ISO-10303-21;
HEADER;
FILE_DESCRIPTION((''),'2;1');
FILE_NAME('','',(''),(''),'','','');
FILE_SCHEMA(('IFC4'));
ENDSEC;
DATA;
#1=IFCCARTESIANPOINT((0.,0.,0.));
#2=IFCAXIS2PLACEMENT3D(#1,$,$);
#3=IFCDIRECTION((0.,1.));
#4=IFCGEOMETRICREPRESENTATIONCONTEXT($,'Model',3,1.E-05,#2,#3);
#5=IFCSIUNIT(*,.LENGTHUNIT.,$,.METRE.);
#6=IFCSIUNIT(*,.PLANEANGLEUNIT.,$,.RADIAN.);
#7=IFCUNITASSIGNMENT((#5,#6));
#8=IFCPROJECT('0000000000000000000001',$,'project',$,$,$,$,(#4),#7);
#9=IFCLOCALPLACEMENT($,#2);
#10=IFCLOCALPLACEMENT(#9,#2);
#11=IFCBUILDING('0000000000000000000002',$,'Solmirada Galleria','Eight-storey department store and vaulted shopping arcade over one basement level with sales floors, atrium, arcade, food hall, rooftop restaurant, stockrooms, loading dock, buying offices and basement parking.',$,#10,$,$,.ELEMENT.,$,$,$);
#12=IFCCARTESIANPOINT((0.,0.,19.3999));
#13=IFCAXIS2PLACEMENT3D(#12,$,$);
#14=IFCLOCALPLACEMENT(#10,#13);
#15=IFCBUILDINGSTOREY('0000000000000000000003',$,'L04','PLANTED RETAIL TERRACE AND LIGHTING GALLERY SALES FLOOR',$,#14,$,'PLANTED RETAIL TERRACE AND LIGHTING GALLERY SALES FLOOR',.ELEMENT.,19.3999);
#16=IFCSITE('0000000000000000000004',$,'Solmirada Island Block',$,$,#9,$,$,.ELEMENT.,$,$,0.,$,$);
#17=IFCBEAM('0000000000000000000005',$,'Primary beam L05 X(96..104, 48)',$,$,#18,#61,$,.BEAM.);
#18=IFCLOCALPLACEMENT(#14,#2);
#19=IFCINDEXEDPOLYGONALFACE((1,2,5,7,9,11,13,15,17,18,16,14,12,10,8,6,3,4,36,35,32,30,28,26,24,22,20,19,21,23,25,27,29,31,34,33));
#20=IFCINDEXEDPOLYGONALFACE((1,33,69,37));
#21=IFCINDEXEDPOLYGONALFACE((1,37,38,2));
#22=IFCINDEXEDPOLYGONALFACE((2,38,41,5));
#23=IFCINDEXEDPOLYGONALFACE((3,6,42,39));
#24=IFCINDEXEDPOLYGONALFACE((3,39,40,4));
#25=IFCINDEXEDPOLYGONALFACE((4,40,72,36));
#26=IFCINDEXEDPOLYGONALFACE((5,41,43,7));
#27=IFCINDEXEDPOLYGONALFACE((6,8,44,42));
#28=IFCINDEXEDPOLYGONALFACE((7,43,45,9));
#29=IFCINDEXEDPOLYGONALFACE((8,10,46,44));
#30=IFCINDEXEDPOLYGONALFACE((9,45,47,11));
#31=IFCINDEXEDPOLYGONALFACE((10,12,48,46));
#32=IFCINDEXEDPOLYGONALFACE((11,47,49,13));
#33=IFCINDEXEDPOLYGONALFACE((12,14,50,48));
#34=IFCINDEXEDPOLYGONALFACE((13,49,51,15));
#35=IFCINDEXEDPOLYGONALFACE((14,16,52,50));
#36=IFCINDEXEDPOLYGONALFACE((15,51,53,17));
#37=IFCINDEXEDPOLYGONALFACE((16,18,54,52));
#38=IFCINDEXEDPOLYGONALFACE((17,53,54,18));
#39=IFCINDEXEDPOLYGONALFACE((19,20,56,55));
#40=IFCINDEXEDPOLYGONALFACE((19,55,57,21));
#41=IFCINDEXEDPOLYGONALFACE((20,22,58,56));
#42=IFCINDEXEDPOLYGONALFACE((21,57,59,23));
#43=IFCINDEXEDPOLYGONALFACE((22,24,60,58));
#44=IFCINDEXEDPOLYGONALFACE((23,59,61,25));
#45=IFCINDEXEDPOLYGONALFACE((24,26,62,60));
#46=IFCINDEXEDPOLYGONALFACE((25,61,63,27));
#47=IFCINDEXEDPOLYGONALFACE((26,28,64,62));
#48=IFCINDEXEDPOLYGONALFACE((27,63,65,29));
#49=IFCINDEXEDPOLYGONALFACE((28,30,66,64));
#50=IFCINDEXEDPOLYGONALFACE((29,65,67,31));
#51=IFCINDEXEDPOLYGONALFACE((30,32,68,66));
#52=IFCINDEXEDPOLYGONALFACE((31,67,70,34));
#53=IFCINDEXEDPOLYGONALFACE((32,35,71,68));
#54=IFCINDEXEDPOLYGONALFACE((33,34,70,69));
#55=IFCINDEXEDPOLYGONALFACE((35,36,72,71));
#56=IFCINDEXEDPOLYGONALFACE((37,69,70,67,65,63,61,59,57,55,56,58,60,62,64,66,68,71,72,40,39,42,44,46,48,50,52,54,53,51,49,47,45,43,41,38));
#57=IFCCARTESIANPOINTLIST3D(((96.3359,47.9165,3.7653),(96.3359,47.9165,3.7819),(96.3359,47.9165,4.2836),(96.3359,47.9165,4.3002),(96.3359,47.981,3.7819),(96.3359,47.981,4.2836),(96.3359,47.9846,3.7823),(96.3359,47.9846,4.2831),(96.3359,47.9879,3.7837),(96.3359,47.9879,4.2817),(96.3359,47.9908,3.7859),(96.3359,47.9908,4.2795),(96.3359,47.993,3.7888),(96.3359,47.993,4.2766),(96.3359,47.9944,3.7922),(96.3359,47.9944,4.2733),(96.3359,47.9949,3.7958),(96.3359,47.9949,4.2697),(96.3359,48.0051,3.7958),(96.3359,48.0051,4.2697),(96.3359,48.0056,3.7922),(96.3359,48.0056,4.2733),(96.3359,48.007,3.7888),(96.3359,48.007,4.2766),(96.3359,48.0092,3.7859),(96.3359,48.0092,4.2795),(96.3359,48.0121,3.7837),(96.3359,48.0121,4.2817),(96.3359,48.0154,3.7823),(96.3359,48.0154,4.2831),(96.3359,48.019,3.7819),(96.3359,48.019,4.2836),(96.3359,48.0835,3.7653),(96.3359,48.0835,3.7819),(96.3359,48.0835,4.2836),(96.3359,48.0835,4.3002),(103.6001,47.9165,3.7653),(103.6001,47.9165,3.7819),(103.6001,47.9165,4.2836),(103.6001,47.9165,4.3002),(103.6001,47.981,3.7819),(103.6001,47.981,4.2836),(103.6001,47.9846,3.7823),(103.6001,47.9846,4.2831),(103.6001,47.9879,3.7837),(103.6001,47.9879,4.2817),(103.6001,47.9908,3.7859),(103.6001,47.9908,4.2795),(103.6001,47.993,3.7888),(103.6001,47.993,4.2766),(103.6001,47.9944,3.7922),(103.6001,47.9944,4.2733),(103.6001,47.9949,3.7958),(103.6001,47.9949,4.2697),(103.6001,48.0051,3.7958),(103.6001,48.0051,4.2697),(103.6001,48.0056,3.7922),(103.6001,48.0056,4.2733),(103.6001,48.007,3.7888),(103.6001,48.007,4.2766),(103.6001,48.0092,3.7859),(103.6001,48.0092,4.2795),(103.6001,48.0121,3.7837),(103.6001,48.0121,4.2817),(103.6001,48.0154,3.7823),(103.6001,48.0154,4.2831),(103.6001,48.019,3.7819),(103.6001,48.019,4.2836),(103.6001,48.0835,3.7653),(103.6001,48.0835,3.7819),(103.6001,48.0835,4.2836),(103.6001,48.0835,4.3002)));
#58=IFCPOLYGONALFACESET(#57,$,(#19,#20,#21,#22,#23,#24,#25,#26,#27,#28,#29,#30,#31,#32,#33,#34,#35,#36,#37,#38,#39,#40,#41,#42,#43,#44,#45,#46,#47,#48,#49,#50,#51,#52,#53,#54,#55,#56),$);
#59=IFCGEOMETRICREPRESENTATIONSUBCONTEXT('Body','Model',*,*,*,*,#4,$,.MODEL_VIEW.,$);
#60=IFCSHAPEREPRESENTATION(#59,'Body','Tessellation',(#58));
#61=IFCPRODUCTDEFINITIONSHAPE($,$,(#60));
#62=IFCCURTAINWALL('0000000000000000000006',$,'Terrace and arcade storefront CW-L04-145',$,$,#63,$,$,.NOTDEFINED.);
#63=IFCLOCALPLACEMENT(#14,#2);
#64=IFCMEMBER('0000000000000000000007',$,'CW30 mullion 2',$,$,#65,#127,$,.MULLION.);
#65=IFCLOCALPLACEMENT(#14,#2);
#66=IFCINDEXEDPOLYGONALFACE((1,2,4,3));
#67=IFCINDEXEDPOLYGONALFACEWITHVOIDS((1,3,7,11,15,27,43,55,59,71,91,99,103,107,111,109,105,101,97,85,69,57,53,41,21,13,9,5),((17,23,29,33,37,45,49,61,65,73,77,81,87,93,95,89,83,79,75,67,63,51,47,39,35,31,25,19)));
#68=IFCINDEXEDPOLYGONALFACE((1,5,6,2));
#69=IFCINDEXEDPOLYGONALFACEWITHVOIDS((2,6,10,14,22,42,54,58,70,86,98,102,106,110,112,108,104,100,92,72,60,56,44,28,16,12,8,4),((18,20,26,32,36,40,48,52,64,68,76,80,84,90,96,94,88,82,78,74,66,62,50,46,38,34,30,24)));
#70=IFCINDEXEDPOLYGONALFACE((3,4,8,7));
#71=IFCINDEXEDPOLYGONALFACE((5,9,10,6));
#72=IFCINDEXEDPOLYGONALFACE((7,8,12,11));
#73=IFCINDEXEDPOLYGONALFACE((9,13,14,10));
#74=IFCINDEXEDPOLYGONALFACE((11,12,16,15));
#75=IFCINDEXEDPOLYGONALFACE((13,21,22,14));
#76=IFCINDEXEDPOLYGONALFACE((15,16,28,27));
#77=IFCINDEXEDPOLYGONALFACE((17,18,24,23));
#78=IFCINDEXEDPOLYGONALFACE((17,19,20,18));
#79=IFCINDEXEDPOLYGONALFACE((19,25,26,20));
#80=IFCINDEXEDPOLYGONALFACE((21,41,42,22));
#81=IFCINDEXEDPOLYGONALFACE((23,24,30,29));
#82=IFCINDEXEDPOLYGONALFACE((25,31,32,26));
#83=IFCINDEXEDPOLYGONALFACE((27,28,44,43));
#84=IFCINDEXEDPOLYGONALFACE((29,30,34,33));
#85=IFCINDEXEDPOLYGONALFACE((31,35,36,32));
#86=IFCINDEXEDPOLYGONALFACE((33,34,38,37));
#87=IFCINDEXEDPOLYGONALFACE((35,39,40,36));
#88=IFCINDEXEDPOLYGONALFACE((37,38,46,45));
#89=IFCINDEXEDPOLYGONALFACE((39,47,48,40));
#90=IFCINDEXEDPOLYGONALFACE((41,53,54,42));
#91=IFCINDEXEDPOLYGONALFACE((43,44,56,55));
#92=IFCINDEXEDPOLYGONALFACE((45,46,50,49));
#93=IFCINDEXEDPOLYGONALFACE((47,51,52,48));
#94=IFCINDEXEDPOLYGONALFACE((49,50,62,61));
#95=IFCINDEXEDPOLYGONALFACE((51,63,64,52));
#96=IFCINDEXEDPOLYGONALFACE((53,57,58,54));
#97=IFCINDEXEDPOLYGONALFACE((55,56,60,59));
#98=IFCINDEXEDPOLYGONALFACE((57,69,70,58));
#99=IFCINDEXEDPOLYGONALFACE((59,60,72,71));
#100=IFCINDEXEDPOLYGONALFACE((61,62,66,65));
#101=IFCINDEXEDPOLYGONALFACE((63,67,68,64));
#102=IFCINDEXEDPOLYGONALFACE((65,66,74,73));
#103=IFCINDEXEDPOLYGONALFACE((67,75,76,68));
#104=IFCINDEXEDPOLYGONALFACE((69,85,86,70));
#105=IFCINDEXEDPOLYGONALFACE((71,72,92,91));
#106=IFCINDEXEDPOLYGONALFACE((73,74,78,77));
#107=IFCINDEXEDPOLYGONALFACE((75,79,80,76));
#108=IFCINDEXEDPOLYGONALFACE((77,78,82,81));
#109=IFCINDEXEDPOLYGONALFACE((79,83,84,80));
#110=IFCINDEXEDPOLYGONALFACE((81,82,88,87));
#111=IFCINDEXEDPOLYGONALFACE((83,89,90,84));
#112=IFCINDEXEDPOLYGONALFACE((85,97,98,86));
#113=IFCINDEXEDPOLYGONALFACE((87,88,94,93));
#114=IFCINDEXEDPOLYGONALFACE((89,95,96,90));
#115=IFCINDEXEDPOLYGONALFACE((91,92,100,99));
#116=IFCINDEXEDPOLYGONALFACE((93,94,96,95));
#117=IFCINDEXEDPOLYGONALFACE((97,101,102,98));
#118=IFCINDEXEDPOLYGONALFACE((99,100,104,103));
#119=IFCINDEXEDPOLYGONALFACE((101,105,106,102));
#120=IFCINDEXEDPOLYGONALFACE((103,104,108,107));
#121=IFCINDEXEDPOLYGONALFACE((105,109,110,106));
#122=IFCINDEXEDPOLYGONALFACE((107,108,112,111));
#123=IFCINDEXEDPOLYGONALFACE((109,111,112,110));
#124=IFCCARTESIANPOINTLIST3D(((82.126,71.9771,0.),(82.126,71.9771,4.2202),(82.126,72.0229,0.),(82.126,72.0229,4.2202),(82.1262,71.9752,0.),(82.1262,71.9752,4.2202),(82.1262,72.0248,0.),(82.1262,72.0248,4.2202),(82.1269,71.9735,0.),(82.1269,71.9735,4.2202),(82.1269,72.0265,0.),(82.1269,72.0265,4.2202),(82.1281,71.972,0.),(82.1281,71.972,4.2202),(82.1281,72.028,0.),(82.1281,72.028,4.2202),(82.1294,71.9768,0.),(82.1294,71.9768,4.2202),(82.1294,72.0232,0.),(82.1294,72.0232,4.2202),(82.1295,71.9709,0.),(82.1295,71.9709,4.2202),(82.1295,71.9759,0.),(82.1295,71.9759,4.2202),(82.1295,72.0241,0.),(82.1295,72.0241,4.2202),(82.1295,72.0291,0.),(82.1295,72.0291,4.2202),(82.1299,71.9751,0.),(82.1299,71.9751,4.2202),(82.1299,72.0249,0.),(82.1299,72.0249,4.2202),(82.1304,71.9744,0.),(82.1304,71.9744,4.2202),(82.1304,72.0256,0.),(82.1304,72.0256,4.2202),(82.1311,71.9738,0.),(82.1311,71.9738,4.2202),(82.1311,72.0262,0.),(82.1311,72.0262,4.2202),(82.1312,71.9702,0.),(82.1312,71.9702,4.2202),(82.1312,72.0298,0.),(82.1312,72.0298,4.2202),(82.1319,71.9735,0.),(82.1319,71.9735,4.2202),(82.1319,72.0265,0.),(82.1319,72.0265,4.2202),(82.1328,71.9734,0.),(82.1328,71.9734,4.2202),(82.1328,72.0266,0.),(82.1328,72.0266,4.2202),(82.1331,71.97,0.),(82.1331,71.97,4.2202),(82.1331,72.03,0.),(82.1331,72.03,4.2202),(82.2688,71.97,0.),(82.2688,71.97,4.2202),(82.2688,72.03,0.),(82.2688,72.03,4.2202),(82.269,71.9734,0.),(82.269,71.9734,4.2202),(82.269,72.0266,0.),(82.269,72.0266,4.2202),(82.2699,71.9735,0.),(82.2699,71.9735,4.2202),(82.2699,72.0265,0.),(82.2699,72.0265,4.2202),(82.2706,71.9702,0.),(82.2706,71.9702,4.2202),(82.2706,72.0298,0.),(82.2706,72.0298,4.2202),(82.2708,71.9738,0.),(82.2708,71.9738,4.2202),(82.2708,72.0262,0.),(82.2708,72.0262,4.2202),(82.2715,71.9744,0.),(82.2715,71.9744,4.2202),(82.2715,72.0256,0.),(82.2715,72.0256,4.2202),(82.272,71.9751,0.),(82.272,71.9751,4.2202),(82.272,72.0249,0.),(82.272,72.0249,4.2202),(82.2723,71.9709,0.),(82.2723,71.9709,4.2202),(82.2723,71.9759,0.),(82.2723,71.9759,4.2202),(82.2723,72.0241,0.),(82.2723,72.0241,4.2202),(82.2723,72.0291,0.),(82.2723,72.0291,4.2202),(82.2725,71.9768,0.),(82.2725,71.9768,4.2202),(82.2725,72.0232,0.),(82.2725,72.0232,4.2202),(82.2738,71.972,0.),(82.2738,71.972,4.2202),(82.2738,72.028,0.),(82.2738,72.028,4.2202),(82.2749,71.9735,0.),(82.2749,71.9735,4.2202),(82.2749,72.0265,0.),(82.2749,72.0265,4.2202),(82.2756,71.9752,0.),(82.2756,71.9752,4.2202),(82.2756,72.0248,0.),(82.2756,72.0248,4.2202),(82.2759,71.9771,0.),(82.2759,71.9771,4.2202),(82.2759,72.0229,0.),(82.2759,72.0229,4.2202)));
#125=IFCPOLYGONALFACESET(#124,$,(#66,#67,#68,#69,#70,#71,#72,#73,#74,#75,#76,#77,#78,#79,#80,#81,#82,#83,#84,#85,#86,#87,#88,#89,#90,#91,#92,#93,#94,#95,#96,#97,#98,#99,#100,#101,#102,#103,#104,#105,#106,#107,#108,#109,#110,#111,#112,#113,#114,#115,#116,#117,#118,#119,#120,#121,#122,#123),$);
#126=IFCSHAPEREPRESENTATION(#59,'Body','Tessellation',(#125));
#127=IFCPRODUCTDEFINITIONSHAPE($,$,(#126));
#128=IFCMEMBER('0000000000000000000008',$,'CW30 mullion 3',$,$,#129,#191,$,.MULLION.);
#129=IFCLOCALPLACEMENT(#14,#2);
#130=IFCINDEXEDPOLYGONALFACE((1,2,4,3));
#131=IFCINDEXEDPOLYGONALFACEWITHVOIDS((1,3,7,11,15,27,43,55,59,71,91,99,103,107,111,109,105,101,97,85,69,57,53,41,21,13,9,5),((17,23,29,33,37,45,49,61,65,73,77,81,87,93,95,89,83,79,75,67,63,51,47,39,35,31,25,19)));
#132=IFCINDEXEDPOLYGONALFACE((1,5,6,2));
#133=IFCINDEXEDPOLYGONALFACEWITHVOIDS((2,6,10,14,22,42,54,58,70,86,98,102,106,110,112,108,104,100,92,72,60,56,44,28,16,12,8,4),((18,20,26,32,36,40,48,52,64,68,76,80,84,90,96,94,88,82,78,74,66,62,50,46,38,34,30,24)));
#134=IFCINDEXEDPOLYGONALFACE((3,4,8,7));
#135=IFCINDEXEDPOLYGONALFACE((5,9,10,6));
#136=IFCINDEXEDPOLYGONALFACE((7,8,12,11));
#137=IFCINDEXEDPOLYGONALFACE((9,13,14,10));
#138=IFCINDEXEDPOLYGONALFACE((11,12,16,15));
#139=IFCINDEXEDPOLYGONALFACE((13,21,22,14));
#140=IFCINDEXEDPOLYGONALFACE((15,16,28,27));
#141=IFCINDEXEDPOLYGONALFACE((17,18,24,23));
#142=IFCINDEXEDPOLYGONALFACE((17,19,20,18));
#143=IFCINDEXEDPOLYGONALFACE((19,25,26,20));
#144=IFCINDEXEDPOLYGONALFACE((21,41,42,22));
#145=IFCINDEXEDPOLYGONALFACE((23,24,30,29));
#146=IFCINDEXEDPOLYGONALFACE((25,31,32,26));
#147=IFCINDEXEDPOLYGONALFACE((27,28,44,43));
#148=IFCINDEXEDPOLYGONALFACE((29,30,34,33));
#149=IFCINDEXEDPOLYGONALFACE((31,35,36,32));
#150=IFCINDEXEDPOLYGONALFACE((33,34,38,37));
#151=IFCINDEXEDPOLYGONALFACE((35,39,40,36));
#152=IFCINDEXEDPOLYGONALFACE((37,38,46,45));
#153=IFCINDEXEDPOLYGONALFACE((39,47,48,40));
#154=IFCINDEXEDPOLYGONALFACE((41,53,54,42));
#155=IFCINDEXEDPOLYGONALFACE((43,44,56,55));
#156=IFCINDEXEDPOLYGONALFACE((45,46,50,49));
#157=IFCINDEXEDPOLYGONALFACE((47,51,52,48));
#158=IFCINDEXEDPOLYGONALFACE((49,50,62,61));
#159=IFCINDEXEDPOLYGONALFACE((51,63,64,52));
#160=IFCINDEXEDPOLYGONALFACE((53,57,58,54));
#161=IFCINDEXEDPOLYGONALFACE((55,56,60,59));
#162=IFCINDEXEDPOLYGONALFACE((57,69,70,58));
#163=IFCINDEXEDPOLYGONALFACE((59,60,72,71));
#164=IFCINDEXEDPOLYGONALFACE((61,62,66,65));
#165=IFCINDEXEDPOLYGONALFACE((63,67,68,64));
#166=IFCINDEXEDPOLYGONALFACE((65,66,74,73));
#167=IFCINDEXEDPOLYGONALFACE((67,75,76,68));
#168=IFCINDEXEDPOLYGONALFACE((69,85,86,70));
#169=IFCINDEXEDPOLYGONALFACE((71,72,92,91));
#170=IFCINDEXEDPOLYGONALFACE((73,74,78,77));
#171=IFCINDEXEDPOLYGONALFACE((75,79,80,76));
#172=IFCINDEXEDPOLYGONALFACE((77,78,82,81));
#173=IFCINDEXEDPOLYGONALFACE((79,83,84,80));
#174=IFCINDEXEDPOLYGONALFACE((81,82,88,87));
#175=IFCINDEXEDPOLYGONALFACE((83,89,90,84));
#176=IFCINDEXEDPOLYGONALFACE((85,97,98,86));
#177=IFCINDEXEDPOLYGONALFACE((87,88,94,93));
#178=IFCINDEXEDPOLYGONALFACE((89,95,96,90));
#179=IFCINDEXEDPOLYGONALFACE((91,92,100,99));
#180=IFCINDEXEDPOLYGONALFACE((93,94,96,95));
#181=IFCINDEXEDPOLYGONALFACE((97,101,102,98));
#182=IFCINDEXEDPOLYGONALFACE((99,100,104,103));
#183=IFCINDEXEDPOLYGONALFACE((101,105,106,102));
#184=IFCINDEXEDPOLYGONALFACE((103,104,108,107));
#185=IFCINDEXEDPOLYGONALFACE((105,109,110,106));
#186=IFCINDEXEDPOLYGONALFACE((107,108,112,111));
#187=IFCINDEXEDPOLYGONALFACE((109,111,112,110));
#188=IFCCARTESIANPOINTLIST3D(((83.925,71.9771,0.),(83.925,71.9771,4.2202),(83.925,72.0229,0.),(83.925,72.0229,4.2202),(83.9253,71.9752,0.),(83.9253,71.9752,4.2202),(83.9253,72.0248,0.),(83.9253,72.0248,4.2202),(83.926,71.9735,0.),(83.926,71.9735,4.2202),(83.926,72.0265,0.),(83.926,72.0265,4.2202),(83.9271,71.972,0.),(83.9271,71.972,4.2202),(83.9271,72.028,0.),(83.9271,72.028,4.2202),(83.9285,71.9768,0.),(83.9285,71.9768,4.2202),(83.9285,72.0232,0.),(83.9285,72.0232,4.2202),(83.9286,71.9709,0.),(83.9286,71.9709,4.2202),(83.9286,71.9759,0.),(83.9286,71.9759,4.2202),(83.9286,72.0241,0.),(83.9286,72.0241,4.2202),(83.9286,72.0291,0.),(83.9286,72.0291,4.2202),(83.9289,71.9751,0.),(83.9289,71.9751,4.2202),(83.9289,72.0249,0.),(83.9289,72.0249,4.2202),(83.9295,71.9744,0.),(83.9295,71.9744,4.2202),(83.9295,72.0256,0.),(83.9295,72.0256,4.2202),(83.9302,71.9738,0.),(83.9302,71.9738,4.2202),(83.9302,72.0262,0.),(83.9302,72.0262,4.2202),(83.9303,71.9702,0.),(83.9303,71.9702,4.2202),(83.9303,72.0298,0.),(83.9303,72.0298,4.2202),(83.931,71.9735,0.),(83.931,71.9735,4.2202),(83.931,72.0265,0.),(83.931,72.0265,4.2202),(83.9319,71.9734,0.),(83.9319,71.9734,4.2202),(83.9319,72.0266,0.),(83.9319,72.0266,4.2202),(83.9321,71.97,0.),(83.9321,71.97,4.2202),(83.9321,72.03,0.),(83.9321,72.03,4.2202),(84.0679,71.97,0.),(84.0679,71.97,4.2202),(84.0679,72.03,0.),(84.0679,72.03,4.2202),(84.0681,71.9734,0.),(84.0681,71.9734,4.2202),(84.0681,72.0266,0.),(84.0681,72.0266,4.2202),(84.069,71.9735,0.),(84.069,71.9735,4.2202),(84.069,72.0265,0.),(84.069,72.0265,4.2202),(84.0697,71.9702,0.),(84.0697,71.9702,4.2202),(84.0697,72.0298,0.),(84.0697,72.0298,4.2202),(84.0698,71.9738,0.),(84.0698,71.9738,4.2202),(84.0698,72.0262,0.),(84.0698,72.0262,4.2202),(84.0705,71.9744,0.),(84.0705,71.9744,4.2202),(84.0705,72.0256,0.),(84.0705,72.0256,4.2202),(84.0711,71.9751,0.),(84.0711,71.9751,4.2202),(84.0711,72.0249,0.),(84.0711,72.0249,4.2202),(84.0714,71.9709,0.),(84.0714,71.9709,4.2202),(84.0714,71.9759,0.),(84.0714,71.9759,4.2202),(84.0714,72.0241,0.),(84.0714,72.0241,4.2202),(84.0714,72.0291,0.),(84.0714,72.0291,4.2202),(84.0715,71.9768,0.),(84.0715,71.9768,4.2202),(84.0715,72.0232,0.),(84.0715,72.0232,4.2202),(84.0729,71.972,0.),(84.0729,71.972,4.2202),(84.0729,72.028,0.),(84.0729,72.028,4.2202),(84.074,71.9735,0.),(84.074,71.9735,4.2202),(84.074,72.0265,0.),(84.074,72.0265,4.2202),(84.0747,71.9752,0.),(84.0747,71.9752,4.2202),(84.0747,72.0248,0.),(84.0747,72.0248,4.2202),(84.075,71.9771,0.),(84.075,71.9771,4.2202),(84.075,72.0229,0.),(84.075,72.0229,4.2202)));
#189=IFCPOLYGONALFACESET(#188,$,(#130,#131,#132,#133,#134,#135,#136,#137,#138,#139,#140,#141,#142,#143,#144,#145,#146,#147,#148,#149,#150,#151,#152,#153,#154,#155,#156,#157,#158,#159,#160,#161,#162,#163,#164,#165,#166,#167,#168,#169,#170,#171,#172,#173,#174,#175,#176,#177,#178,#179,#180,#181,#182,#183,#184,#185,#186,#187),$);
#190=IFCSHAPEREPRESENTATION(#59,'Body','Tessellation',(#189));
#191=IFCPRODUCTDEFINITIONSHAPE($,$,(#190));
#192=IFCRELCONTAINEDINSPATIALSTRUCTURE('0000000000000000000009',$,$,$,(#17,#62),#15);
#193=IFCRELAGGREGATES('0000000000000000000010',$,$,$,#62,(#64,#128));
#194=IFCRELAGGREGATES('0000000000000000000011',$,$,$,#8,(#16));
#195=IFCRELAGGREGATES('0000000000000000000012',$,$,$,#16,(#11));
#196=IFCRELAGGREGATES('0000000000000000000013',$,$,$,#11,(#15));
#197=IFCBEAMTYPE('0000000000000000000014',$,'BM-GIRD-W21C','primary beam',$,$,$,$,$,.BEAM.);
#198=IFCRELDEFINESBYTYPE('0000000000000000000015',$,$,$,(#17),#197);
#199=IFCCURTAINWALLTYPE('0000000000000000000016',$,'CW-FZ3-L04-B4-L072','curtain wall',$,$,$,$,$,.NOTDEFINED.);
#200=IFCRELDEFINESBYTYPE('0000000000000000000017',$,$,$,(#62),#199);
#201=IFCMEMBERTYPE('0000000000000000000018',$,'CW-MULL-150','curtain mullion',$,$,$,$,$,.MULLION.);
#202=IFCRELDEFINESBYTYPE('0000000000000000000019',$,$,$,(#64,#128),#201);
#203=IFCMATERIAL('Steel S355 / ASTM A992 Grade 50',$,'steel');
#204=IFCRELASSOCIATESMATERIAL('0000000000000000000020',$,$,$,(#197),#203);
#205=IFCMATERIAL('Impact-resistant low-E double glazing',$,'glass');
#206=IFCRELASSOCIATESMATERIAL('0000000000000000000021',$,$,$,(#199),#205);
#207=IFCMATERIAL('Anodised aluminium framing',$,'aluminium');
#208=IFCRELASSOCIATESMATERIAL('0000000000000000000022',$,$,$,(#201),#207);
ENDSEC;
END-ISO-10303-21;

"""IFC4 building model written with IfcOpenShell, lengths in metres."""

from ifc_helpers import new_model, si_unit, direction, frame, origin, origin_2d, place, context, subcontext, project, spatial, hollow_rectangle, i_section, extrude, material, material_profile, profile_set, type_object, element, aggregate, save


model = new_model("IFC4")

# Units and contexts
model_context = context("Model", 3, precision=1e-05, world=origin(), true_north=direction((0.0, 1.0)))
body_context = subcontext(model_context, "Body", "Model", "MODEL_VIEW")
ifc_project = project(units=[si_unit("LENGTHUNIT", "METRE"), si_unit("PLANEANGLEUNIT", "RADIAN")], contexts=[model_context])

# Site, building, storey
site_placement = place(None, origin())
site = spatial("IfcSite", under=ifc_project, at=site_placement, Name="Solmirada Island Block", CompositionType="ELEMENT", RefElevation=0.0)
building_placement = place(site_placement, origin())
building = spatial("IfcBuilding", under=site, at=building_placement, Name="Solmirada Galleria", Description="Eight-storey department store and vaulted shopping arcade over one basement level with sales floors, atrium, arcade, food hall, rooftop restaurant, stockrooms, loading dock, buying offices and basement parking.", CompositionType="ELEMENT")
storey_placement = place(building_placement, frame((0.0, 0.0, 19.3999)))
storey = spatial("IfcBuildingStorey", under=building, at=storey_placement, Name="L04", Description="PLANTED RETAIL TERRACE AND LIGHTING GALLERY SALES FLOOR", LongName="PLANTED RETAIL TERRACE AND LIGHTING GALLERY SALES FLOOR", CompositionType="ELEMENT", Elevation=19.3999)

# Beam
ifc_material_1 = material(Name="Steel S355 / ASTM A992 Grade 50", Category="steel")
ifc_material_profile_1 = material_profile(ifc_material_1, i_section(OverallWidth=0.167, OverallDepth=0.5349, WebThickness=0.0103, FlangeThickness=0.0166, FilletRadius=0.0139, at=origin_2d()), Name="W21X57")
ifc_profile_set_1 = profile_set([ifc_material_profile_1], Name="Steel S355 / ASTM A992 Grade 50")
beam_type_1 = type_object("IfcBeamType", Name="BM-GIRD-W21C", Description="primary beam", PredefinedType="BEAM", material=ifc_profile_set_1)
beam_placement = place(storey_placement, frame((96.3359, 48.0, 4.0327), z_axis=(1.0, 0.0, 0.0), x_axis=(0.0, 1.0, 0.0)))
element("IfcBeam", 1, at=beam_placement, inside=storey, type_object=beam_type_1, Name="Primary beam L05 X(96..104, 48)", PredefinedType="BEAM", context=body_context, shape_type="SweptSolid", body=[
    extrude(i_section(OverallWidth=0.167, OverallDepth=0.5349, WebThickness=0.0103, FlangeThickness=0.0166, FilletRadius=0.0139, at=origin_2d()), origin(), (0.0, 0.0, 1.0), 7.2642),
])

# Curtain wall, members
ifc_material_2 = material(Name="Impact-resistant low-E double glazing", Category="glass")
curtain_wall_type = type_object("IfcCurtainWallType", Name="CW-FZ3-L04-B4-L072", Description="curtain wall", PredefinedType="NOTDEFINED", material=ifc_material_2)
curtain_wall_1_placement = place(storey_placement, origin())
curtain_wall_1 = element("IfcCurtainWall", 2, at=curtain_wall_1_placement, inside=storey, type_object=curtain_wall_type, Name="Terrace and arcade storefront CW-L04-145", PredefinedType="NOTDEFINED")
ifc_material_3 = material(Name="Anodised aluminium framing", Category="aluminium")
ifc_material_profile_2 = material_profile(ifc_material_3, hollow_rectangle(XDim=0.0601, YDim=0.1499, WallThickness=0.0034, InnerFilletRadius=0.0034, OuterFilletRadius=0.0071, at=origin_2d()), Name="ALU-MULL-150X60")
ifc_profile_set_2 = profile_set([ifc_material_profile_2], Name="Anodised aluminium framing")
member_type_1 = type_object("IfcMemberType", Name="CW-MULL-150", Description="curtain mullion", PredefinedType="MULLION", material=ifc_profile_set_2)
member_1_placement = place(storey_placement, frame((82.2009, 72.0, 0.0), z_axis=(0.0, 0.0, 1.0), x_axis=(0.0, 1.0, 0.0)))
member_1 = element("IfcMember", 3, at=member_1_placement, type_object=member_type_1, Name="CW30 mullion 2", PredefinedType="MULLION", context=body_context, shape_type="SweptSolid", body=[
    extrude(hollow_rectangle(XDim=0.0601, YDim=0.1499, WallThickness=0.0034, InnerFilletRadius=0.0034, OuterFilletRadius=0.0071, at=origin_2d()), origin(), (0.0, 0.0, 1.0), 4.2202),
])
member_2_placement = place(storey_placement, frame((84.0, 72.0, 0.0), z_axis=(0.0, 0.0, 1.0), x_axis=(0.0, 1.0, 0.0)))
member_2 = element("IfcMember", 4, at=member_2_placement, type_object=member_type_1, Name="CW30 mullion 3", PredefinedType="MULLION", context=body_context, shape_type="SweptSolid", body=[
    extrude(hollow_rectangle(XDim=0.0601, YDim=0.1499, WallThickness=0.0034, InnerFilletRadius=0.0034, OuterFilletRadius=0.0071, at=origin_2d()), origin(), (0.0, 0.0, 1.0), 4.2202),
])

aggregate(curtain_wall_1, [member_1, member_2])

save(model, "model.ifc")
